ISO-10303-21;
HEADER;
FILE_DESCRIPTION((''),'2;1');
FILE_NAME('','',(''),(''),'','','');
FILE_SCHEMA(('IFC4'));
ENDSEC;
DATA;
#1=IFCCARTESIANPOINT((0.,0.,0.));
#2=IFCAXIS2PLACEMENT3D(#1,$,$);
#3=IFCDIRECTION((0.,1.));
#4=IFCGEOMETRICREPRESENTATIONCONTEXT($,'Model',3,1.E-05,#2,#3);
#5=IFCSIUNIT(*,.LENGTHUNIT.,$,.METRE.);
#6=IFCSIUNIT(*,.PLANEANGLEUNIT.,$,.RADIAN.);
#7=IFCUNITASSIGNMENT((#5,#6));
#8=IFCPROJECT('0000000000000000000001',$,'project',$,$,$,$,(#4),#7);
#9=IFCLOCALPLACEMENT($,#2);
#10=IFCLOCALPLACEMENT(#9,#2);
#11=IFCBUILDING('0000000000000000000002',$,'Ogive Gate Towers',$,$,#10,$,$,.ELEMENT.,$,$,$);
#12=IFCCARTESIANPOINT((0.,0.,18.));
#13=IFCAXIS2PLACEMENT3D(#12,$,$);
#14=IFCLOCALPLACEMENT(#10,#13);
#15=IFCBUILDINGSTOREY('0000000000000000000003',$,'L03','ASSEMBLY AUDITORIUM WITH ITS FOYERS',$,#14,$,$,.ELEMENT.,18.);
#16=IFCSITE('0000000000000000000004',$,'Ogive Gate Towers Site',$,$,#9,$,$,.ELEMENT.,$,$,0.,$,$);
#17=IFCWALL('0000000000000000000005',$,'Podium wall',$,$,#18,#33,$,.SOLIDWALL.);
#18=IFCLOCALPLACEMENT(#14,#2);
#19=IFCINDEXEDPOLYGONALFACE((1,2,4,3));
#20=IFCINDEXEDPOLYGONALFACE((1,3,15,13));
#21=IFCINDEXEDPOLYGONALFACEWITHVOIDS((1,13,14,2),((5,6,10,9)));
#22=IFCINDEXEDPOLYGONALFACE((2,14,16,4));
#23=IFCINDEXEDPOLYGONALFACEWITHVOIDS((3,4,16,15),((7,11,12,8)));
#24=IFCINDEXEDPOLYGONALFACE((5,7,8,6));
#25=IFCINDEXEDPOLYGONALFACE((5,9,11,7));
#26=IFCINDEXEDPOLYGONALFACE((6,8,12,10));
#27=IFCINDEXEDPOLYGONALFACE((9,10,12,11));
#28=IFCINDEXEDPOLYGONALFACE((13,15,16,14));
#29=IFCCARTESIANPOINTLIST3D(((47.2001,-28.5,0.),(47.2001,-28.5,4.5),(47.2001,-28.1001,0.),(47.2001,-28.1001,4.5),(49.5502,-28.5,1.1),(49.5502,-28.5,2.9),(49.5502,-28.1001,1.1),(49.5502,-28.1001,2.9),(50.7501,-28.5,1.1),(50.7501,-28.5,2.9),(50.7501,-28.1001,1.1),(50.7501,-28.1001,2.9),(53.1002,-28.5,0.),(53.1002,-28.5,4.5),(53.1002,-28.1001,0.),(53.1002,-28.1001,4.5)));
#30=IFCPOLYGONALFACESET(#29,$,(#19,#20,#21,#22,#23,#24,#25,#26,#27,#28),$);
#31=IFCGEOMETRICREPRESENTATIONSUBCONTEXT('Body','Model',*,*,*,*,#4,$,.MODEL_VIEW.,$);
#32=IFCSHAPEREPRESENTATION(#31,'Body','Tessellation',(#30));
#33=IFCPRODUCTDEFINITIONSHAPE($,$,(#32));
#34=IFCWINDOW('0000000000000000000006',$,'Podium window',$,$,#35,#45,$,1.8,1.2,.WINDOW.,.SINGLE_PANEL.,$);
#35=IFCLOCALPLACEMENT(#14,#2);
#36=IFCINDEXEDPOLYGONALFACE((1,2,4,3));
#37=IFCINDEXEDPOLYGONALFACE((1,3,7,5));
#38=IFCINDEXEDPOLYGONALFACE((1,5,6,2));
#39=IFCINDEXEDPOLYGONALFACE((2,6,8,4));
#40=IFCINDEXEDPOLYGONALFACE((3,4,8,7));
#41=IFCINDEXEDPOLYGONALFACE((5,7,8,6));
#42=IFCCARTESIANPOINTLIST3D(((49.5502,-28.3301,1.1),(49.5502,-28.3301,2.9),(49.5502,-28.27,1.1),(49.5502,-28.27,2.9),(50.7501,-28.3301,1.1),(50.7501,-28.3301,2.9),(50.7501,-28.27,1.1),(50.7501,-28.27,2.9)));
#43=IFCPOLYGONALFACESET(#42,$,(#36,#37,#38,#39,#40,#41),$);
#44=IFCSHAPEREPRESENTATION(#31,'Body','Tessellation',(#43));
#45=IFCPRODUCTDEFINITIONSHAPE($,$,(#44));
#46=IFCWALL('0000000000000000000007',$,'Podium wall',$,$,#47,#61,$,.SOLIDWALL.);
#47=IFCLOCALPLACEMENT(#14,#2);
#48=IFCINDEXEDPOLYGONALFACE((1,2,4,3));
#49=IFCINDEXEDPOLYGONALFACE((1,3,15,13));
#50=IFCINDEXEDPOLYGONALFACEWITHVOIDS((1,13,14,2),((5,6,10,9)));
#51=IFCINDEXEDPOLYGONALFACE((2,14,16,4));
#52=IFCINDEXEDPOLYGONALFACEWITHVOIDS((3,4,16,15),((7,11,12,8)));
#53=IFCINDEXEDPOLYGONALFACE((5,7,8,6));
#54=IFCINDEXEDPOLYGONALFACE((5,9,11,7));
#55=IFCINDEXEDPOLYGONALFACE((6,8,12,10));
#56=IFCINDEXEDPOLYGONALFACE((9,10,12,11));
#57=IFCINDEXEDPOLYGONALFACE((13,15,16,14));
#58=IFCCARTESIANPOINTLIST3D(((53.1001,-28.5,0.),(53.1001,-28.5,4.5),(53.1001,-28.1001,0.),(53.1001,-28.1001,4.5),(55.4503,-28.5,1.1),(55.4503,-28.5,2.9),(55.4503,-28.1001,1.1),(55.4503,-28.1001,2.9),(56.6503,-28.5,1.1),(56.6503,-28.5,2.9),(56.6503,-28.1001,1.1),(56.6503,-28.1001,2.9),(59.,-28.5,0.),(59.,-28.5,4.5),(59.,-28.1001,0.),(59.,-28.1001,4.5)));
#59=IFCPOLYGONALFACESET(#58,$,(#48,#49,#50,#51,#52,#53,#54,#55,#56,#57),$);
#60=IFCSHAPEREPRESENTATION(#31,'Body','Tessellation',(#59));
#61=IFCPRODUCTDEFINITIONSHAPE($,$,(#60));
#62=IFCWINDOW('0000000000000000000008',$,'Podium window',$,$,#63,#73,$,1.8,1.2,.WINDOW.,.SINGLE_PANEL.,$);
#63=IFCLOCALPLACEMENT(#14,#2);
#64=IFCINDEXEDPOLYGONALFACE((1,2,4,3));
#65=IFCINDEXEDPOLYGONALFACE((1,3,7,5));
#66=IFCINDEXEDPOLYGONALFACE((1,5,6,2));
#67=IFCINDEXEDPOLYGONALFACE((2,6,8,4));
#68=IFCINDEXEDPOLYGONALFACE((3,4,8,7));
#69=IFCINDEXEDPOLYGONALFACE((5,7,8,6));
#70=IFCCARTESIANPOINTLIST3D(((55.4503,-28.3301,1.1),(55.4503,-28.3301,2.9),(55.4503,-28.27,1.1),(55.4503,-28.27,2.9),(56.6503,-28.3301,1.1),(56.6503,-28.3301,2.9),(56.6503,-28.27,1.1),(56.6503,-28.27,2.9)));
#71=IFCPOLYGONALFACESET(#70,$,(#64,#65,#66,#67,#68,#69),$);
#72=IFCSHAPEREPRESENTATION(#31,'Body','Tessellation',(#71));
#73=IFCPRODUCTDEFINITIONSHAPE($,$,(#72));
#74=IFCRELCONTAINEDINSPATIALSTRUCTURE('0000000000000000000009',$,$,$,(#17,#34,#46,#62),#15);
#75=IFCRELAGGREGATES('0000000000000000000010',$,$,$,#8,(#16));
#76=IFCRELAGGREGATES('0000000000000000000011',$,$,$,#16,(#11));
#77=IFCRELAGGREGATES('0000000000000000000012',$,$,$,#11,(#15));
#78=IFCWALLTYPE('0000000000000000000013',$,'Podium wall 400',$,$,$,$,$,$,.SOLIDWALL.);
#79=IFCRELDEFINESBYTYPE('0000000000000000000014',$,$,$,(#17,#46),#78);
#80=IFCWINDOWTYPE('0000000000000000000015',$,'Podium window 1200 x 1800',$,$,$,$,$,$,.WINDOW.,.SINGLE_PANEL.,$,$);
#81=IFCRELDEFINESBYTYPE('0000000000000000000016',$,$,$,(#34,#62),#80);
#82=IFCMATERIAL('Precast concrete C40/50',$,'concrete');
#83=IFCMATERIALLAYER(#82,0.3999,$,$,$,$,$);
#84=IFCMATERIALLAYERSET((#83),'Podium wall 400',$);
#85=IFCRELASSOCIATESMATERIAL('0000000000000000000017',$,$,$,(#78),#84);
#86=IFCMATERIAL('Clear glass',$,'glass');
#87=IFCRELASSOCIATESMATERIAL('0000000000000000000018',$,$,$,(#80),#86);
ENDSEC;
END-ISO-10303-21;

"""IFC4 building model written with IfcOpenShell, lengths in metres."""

from ifc_helpers import new_model, si_unit, direction, frame, frame_2d, origin, place, context, subcontext, project, spatial, rectangle, extrude, material, layer, layer_set, type_object, element, fill, save


model = new_model("IFC4")

# Units and contexts
model_context = context("Model", 3, precision=1e-05, world=origin(), true_north=direction((0.0, 1.0)))
body_context = subcontext(model_context, "Body", "Model", "MODEL_VIEW")
ifc_project = project(units=[si_unit("LENGTHUNIT", "METRE"), si_unit("PLANEANGLEUNIT", "RADIAN")], contexts=[model_context])

# Site, building, storey
site_placement = place(None, origin())
site = spatial("IfcSite", under=ifc_project, at=site_placement, Name="Ogive Gate Towers Site", CompositionType="ELEMENT", RefElevation=0.0)
building_placement = place(site_placement, origin())
building = spatial("IfcBuilding", under=site, at=building_placement, Name="Ogive Gate Towers", CompositionType="ELEMENT")
storey_placement = place(building_placement, frame((0.0, 0.0, 18.0)))
storey = spatial("IfcBuildingStorey", under=building, at=storey_placement, Name="L03", Description="ASSEMBLY AUDITORIUM WITH ITS FOYERS", CompositionType="ELEMENT", Elevation=18.0)

# Walls, openings, windows
ifc_material_1 = material(Name="Precast concrete C40/50", Category="concrete")
ifc_layer = layer(ifc_material_1, 0.3999)
ifc_layer_set = layer_set([ifc_layer], Name="Podium wall 400")
wall_type = type_object("IfcWallType", Name="Podium wall 400", PredefinedType="SOLIDWALL", material=ifc_layer_set)
ifc_material_2 = material(Name="Clear glass", Category="glass")
window_type = type_object("IfcWindowType", Name="Podium window 1200 x 1800", PartitioningType="SINGLE_PANEL", PredefinedType="WINDOW", material=ifc_material_2)
wall_1_placement = place(storey_placement, frame((47.2, -28.3, 0.0), z_axis=(0.0, 0.0, 1.0), x_axis=(1.0, 0.0, 0.0)))
wall_1 = element("IfcWall", 1, at=wall_1_placement, inside=storey, type_object=wall_type, Name="Podium wall", PredefinedType="SOLIDWALL", context=body_context, shape_type="SweptSolid", body=[
    extrude(rectangle(XDim=5.9001, YDim=0.3999, at=frame_2d((2.9502, 0.0))), origin(), (0.0, 0.0, 1.0), 4.5),
])
opening_1_placement = place(wall_1_placement, frame((2.3501, 0.0, 1.1001)))
opening_1 = element("IfcOpeningElement", 2, at=opening_1_placement, cuts=wall_1, PredefinedType="OPENING", context=body_context, shape_type="SweptSolid", body=[
    extrude(rectangle(XDim=1.2, YDim=1.8, at=frame_2d((0.6001, 0.8999))), frame((0.0, 0.21, 0.0), z_axis=(0.0, -1.0, 0.0), x_axis=(1.0, 0.0, 0.0)), (0.0, 0.0, 1.0), 0.4199),
])
window_1_placement = place(opening_1_placement, origin())
window_1 = element("IfcWindow", 3, at=window_1_placement, inside=storey, type_object=window_type, Name="Podium window", OverallHeight=1.8, OverallWidth=1.2, PartitioningType="SINGLE_PANEL", PredefinedType="WINDOW", context=body_context, shape_type="SweptSolid", body=[
    extrude(rectangle(XDim=1.2, YDim=1.8, at=frame_2d((0.6001, 0.8999))), frame((0.0, 0.03, 0.0), z_axis=(0.0, -1.0, 0.0), x_axis=(1.0, 0.0, 0.0)), (0.0, 0.0, 1.0), 0.0601),
])
fill(opening_1, window_1)
wall_2_placement = place(storey_placement, frame((53.1001, -28.3, 0.0), z_axis=(0.0, 0.0, 1.0), x_axis=(1.0, 0.0, 0.0)))
wall_2 = element("IfcWall", 4, at=wall_2_placement, inside=storey, type_object=wall_type, Name="Podium wall", PredefinedType="SOLIDWALL", context=body_context, shape_type="SweptSolid", body=[
    extrude(rectangle(XDim=5.8999, YDim=0.3999, at=frame_2d((2.95, 0.0))), origin(), (0.0, 0.0, 1.0), 4.5),
])
opening_2_placement = place(wall_2_placement, frame((2.3501, 0.0, 1.1001)))
opening_2 = element("IfcOpeningElement", 5, at=opening_2_placement, cuts=wall_2, PredefinedType="OPENING", context=body_context, shape_type="SweptSolid", body=[
    extrude(rectangle(XDim=1.2, YDim=1.8, at=frame_2d((0.6001, 0.8999))), frame((0.0, 0.21, 0.0), z_axis=(0.0, -1.0, 0.0), x_axis=(1.0, 0.0, 0.0)), (0.0, 0.0, 1.0), 0.4199),
])
window_2_placement = place(opening_2_placement, origin())
window_2 = element("IfcWindow", 6, at=window_2_placement, inside=storey, type_object=window_type, Name="Podium window", OverallHeight=1.8, OverallWidth=1.2, PartitioningType="SINGLE_PANEL", PredefinedType="WINDOW", context=body_context, shape_type="SweptSolid", body=[
    extrude(rectangle(XDim=1.2, YDim=1.8, at=frame_2d((0.6001, 0.8999))), frame((0.0, 0.03, 0.0), z_axis=(0.0, -1.0, 0.0), x_axis=(1.0, 0.0, 0.0)), (0.0, 0.0, 1.0), 0.0601),
])
fill(opening_2, window_2)

save(model, "model.ifc")
